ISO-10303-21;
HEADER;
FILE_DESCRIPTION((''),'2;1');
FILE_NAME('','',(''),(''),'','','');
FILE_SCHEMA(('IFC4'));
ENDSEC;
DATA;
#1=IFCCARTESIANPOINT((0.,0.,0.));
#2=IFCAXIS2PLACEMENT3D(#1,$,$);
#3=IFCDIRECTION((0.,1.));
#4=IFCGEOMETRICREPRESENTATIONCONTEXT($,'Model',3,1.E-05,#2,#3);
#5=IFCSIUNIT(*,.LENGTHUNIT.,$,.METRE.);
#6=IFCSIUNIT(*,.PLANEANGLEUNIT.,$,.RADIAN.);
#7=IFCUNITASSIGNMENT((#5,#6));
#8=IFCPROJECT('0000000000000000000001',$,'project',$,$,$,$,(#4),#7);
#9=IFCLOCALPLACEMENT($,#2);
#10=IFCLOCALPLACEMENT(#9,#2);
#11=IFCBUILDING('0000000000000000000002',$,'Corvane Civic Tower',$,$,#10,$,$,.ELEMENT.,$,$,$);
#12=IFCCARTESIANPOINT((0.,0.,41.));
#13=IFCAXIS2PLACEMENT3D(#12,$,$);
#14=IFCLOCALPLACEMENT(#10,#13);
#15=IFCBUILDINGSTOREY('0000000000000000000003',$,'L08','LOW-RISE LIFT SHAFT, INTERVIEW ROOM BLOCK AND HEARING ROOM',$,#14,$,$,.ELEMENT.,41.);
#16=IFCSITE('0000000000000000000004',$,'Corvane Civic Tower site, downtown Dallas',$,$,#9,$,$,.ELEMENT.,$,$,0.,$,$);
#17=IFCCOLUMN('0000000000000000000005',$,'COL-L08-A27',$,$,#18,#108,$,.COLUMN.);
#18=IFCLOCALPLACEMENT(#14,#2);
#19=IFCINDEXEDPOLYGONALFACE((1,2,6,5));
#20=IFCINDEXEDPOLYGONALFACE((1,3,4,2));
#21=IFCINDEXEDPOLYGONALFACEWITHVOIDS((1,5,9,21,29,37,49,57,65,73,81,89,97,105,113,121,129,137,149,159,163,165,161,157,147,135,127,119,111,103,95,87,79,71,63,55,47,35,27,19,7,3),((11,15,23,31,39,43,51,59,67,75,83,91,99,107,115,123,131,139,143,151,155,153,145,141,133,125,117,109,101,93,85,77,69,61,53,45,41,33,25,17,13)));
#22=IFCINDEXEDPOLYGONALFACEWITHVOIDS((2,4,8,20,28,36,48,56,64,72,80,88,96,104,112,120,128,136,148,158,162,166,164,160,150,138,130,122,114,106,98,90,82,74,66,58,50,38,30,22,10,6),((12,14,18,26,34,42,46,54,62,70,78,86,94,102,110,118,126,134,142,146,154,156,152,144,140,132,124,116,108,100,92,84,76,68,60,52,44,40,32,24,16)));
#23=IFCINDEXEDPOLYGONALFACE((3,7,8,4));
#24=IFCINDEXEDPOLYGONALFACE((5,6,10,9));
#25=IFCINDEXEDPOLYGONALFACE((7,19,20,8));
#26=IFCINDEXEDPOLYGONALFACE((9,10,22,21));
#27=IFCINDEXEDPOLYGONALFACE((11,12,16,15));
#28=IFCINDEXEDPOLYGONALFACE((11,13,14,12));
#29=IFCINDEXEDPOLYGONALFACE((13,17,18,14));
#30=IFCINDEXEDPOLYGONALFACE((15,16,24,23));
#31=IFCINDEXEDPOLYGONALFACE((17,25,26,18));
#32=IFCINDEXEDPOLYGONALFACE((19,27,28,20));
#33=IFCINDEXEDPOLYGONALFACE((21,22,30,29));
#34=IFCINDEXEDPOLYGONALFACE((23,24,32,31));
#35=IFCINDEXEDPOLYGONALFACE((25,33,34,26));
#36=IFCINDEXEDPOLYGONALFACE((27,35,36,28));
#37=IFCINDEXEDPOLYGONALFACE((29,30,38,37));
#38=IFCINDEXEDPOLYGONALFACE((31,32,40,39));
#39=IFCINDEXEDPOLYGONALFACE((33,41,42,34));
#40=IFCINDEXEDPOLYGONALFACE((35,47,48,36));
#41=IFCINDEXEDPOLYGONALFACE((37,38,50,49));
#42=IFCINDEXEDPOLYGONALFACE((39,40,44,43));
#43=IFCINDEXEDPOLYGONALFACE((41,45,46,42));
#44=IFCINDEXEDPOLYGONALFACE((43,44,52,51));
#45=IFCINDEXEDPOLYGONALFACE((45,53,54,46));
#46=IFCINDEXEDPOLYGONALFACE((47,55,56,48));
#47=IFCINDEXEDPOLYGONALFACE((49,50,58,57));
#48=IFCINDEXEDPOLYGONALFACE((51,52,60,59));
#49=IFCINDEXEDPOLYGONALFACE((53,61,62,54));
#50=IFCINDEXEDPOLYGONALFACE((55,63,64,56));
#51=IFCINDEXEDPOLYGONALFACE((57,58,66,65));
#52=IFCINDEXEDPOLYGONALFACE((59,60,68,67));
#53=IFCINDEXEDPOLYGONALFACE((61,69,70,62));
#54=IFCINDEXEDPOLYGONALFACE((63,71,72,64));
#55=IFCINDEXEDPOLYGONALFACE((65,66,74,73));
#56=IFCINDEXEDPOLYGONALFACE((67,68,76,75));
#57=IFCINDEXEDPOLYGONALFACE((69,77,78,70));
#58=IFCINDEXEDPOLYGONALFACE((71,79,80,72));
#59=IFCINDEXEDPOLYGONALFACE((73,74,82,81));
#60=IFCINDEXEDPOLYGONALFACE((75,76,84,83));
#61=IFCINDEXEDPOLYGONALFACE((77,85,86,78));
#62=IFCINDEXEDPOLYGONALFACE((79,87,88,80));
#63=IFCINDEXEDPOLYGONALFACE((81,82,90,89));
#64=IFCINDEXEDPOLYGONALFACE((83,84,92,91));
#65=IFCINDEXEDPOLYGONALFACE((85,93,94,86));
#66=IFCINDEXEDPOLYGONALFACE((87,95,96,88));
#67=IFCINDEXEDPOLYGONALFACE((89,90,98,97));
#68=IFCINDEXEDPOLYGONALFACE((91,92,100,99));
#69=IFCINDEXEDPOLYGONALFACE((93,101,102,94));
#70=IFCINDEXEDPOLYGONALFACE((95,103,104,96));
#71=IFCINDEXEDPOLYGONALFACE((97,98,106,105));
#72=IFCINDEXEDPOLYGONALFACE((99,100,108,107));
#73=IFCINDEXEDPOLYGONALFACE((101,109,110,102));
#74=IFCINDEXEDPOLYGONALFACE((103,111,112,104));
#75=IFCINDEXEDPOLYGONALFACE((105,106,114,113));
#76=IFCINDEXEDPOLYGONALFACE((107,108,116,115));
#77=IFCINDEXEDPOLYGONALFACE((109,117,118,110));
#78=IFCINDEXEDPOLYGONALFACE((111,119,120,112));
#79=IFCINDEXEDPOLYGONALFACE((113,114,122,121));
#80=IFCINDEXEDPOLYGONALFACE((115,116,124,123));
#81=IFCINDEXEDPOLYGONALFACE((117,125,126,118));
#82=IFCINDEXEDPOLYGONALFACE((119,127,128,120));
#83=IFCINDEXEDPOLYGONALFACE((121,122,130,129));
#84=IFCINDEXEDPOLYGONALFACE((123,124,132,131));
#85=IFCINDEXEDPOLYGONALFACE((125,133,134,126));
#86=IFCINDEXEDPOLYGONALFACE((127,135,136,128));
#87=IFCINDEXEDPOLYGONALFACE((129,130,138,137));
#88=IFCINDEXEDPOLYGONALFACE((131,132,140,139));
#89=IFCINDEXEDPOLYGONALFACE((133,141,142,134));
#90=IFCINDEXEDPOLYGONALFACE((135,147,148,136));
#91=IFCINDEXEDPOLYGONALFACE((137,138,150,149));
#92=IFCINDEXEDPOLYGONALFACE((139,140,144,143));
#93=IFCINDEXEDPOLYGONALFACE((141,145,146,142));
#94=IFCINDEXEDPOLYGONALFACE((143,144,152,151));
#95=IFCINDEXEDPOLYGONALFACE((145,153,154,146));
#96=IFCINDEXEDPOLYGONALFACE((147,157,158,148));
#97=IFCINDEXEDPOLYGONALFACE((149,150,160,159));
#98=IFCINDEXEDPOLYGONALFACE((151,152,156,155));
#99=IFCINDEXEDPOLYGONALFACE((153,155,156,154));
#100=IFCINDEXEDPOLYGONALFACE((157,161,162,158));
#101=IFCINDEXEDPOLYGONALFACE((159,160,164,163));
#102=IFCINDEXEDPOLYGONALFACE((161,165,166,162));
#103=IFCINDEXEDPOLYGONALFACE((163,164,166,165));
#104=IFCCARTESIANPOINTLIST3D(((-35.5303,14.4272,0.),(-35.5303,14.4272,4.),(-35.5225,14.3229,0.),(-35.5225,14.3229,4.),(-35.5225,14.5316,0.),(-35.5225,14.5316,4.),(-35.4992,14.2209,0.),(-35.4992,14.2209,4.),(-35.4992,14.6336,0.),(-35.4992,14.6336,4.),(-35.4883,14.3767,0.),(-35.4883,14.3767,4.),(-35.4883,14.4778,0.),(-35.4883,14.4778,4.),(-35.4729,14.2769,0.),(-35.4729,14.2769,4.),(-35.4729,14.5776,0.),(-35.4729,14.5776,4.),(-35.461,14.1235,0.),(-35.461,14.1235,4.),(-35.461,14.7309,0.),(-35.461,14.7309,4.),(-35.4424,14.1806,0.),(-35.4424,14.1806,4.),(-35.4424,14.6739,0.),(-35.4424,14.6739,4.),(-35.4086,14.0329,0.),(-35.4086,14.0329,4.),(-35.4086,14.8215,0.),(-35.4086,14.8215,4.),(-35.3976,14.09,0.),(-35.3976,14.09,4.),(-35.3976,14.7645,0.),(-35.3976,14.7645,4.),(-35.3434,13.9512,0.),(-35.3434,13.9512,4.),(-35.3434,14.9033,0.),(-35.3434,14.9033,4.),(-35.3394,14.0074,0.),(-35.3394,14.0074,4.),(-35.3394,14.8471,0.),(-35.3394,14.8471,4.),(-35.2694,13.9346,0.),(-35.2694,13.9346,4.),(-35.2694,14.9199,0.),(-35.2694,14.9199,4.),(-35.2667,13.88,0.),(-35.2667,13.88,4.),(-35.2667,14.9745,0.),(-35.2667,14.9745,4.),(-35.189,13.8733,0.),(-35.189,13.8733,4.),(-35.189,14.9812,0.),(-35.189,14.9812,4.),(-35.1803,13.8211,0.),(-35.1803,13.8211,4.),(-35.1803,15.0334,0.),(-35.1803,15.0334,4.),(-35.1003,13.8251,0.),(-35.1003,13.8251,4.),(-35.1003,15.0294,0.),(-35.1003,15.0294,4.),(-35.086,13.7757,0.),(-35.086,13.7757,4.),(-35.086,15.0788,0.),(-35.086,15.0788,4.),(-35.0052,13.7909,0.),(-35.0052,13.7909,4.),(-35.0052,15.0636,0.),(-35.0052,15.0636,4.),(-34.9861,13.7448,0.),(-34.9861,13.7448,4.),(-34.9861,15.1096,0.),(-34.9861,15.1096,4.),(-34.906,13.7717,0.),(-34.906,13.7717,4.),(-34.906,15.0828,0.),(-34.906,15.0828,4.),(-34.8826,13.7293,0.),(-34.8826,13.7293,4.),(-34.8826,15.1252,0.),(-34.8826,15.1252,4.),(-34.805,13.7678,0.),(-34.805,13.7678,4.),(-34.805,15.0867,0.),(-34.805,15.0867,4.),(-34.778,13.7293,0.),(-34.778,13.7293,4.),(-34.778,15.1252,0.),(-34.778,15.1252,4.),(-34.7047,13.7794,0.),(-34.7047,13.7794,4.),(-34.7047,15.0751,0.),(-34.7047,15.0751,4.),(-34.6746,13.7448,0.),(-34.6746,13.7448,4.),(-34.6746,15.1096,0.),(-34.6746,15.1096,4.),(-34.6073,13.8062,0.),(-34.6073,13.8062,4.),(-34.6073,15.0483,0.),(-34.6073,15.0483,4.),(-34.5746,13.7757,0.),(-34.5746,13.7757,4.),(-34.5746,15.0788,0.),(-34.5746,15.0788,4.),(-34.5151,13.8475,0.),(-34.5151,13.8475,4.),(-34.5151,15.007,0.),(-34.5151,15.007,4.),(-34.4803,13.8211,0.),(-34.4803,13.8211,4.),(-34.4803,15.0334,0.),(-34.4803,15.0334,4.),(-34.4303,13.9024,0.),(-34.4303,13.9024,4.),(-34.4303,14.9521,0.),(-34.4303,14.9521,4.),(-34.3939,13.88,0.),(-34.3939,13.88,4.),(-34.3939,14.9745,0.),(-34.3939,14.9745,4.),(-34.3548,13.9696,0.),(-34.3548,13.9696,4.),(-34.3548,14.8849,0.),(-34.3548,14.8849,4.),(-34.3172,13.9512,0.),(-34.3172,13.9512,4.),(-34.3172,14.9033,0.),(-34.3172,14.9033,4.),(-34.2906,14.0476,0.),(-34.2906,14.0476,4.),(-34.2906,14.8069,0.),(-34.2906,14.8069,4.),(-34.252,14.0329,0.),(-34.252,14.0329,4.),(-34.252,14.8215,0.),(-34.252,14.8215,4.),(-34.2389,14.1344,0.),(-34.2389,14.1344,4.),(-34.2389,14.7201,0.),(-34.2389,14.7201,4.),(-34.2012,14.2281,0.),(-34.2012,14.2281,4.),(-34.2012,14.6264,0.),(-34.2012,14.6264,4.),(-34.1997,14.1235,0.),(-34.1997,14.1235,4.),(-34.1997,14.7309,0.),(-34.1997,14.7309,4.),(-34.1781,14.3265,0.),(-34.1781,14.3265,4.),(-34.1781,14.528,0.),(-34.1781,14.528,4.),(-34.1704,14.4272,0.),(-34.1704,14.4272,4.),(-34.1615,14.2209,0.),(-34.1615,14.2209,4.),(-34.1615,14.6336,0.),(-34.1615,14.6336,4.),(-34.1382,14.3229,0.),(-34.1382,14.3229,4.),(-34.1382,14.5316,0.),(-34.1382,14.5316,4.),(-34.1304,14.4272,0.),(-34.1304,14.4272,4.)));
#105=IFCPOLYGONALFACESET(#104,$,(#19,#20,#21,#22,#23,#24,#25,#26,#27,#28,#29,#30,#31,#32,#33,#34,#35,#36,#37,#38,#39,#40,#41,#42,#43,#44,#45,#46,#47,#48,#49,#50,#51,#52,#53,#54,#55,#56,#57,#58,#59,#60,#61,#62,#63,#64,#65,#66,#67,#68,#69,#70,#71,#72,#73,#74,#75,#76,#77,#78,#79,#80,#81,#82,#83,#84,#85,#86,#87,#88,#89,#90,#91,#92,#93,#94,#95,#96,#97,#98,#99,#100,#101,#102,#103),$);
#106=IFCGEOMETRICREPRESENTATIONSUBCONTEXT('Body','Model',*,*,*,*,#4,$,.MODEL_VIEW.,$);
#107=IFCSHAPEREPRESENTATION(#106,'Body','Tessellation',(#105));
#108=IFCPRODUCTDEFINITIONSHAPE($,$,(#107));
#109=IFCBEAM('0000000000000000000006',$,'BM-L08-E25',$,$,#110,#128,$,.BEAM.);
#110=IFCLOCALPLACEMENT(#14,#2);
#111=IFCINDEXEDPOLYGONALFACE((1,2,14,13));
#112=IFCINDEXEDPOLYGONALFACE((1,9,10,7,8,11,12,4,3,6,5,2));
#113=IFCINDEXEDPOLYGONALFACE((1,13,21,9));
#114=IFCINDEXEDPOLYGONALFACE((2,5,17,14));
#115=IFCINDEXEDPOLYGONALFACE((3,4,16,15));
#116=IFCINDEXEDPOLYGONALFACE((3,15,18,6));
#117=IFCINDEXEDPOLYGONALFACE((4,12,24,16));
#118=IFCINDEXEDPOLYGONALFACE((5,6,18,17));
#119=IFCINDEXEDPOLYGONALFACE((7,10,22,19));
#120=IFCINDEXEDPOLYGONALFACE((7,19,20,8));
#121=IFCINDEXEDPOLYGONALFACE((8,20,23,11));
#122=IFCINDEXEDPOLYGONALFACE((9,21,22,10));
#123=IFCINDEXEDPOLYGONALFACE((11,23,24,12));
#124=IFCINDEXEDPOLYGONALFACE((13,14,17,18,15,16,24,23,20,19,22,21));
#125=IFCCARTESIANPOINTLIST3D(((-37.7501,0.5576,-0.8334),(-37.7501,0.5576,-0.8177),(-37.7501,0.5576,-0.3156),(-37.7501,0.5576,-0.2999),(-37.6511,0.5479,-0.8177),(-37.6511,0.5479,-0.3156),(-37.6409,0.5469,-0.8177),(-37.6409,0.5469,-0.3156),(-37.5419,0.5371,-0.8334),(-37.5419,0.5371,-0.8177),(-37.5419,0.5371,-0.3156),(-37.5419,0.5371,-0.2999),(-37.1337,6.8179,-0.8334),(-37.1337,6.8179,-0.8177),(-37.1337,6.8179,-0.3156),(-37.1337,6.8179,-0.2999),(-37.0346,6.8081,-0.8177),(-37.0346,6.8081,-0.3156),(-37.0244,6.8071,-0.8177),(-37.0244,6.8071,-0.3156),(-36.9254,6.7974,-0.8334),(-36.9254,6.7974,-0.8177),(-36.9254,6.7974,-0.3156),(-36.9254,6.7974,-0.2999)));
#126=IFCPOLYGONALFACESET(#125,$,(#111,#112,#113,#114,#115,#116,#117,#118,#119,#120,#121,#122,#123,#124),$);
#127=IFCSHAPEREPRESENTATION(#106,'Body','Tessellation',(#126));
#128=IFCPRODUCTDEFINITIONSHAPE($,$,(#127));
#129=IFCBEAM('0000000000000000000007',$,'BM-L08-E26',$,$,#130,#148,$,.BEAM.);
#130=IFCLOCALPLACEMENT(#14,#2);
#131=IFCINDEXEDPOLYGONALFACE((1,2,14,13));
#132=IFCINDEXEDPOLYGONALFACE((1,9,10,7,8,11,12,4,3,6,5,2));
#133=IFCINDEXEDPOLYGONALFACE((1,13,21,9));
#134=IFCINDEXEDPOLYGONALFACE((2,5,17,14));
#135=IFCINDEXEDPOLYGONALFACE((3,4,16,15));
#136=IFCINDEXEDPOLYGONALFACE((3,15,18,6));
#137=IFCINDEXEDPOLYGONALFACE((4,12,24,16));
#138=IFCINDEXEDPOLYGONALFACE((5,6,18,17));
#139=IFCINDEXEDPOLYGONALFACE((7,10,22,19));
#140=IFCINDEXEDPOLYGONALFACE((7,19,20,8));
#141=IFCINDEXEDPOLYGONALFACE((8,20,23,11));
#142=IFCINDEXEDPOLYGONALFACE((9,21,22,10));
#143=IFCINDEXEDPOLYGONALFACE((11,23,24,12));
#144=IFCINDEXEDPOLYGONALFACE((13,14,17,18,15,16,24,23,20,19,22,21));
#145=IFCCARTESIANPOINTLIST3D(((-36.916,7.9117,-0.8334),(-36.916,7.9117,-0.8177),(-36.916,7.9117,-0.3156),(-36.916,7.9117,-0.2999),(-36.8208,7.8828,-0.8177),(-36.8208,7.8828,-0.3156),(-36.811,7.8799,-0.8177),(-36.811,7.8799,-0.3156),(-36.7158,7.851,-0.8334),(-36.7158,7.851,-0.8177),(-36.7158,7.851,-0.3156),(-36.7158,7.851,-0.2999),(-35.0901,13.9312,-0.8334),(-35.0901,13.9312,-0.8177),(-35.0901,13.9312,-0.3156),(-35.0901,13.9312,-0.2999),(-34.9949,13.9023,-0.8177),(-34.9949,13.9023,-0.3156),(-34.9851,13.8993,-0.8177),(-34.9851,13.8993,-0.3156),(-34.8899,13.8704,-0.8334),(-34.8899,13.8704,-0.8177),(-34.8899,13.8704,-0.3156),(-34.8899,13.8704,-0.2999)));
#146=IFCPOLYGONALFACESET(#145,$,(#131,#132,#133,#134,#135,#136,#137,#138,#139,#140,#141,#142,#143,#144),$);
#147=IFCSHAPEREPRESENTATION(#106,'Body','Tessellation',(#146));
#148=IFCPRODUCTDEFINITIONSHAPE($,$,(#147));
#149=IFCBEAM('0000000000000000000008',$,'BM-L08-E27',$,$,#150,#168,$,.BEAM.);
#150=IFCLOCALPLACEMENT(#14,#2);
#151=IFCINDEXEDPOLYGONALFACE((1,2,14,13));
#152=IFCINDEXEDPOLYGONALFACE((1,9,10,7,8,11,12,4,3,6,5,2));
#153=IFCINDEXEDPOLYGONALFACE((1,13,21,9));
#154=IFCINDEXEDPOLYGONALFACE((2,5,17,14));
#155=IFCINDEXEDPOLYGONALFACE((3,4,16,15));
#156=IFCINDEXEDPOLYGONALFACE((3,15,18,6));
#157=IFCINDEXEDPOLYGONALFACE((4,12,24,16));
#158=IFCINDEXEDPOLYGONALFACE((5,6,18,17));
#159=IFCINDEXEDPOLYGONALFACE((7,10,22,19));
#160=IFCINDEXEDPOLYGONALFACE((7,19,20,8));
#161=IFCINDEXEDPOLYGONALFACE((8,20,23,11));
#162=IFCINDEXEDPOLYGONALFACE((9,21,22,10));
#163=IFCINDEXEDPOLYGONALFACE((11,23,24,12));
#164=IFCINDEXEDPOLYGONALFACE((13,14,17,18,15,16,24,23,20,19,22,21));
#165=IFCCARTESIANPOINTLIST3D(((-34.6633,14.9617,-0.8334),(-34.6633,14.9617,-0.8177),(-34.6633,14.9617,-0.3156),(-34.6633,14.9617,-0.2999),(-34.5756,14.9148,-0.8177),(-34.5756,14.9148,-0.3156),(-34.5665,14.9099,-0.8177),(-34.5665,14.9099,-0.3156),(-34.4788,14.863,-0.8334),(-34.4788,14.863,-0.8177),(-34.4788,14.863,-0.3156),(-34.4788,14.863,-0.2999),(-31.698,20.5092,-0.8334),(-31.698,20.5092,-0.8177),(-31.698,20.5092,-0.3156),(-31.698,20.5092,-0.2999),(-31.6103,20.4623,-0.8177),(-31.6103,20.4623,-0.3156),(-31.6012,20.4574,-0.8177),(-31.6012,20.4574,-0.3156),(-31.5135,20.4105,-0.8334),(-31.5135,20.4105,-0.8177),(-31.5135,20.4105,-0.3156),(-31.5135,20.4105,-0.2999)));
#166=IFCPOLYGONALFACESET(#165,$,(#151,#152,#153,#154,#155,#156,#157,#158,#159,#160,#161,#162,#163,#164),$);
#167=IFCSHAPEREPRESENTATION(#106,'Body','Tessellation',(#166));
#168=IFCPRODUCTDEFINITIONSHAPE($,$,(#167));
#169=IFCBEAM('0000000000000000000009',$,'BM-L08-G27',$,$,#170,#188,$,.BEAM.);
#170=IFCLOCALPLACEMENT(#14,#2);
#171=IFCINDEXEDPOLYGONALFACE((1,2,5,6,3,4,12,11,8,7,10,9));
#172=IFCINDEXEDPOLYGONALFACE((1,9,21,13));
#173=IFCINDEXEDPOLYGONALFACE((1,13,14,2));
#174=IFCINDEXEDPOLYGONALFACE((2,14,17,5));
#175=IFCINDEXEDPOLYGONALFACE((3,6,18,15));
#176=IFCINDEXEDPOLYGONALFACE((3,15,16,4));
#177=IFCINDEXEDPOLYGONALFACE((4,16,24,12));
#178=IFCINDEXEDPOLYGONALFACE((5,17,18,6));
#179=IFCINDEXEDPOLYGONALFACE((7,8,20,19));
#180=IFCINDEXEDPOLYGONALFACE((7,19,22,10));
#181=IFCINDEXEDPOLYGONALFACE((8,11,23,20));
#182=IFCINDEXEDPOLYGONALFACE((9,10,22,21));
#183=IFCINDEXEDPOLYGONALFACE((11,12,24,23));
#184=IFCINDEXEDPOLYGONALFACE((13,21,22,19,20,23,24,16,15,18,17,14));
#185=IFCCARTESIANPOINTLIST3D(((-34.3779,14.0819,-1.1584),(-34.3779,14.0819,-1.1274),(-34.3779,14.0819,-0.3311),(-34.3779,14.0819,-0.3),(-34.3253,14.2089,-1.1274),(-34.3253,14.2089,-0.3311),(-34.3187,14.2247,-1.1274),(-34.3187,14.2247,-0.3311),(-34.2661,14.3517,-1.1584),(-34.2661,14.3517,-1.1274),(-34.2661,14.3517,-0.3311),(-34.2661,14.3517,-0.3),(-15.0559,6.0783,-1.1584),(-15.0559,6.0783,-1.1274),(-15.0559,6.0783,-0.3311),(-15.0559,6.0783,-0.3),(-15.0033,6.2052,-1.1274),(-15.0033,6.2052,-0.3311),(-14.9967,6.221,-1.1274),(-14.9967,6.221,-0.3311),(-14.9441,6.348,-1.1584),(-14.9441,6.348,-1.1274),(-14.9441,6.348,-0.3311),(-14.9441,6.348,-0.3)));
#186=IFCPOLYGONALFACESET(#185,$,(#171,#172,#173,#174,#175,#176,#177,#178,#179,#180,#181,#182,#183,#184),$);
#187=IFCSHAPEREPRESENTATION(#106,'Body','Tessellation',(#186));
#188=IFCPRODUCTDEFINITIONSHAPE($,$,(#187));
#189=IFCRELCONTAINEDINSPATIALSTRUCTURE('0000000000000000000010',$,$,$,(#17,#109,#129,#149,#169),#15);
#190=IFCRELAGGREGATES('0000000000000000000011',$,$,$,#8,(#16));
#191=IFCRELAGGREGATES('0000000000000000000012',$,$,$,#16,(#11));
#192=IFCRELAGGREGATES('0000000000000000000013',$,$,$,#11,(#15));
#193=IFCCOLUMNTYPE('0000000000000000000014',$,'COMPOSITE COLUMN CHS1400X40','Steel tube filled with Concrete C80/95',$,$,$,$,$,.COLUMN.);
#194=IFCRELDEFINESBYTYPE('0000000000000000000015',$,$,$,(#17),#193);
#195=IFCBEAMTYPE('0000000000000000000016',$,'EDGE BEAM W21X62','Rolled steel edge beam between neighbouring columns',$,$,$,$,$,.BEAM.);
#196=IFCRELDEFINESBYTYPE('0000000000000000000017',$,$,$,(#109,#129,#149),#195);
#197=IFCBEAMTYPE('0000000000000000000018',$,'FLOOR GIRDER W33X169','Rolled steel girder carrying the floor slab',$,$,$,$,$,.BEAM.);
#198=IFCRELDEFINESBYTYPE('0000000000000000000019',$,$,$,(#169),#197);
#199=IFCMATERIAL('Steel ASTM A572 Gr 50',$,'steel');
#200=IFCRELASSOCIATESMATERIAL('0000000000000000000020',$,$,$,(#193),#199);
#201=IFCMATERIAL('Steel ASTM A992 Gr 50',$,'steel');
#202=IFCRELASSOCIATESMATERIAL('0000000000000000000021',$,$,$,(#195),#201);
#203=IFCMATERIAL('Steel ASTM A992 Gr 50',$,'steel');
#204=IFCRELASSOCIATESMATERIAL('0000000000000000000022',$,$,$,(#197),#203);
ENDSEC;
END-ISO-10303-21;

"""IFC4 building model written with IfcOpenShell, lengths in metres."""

from ifc_helpers import new_model, si_unit, direction, frame, origin, origin_2d, place, context, subcontext, project, spatial, hollow_circle, i_section, extrude, material, material_profile, profile_set, type_object, element, save


model = new_model("IFC4")

# Units and contexts
model_context = context("Model", 3, precision=1e-05, world=origin(), true_north=direction((0.0, 1.0)))
body_context = subcontext(model_context, "Body", "Model", "MODEL_VIEW")
ifc_project = project(units=[si_unit("LENGTHUNIT", "METRE"), si_unit("PLANEANGLEUNIT", "RADIAN")], contexts=[model_context])

# Site, building, storey
site_placement = place(None, origin())
site = spatial("IfcSite", under=ifc_project, at=site_placement, Name="Corvane Civic Tower site, downtown Dallas", CompositionType="ELEMENT", RefElevation=0.0)
building_placement = place(site_placement, origin())
building = spatial("IfcBuilding", under=site, at=building_placement, Name="Corvane Civic Tower", CompositionType="ELEMENT")
storey_placement = place(building_placement, frame((0.0, 0.0, 41.0)))
storey = spatial("IfcBuildingStorey", under=building, at=storey_placement, Name="L08", Description="LOW-RISE LIFT SHAFT, INTERVIEW ROOM BLOCK AND HEARING ROOM", CompositionType="ELEMENT", Elevation=41.0)

# Column
ifc_material_1 = material(Name="Steel ASTM A572 Gr 50", Category="steel")
ifc_material_profile_1 = material_profile(ifc_material_1, hollow_circle(Radius=0.7, WallThickness=0.04, at=origin_2d()), Name="CHS1400X40")
ifc_profile_set_1 = profile_set([ifc_material_profile_1], Name="Steel ASTM A572 Gr 50")
column_type = type_object("IfcColumnType", Name="COMPOSITE COLUMN CHS1400X40", Description="Steel tube filled with Concrete C80/95", PredefinedType="COLUMN", material=ifc_profile_set_1)
for number, where, z_axis, x_axis, name in (
    (1, (-34.8303, 14.4272, 0.0), (0.0, 0.0, 1.0), (1.0, 0.0, 0.0), "COL-L08-A27"),
):
    element("IfcColumn", number, at=place(storey_placement, frame(where, z_axis=z_axis, x_axis=x_axis)), inside=storey, type_object=column_type, Name=name, PredefinedType="COLUMN", context=body_context, shape_type="SweptSolid", body=[
        extrude(hollow_circle(Radius=0.7, WallThickness=0.04, at=origin_2d()), origin(), (0.0, 0.0, 1.0), 4.0),
    ])

# Beams
ifc_material_2 = material(Name="Steel ASTM A992 Gr 50", Category="steel")
ifc_material_profile_2 = material_profile(ifc_material_2, i_section(OverallWidth=0.2092, OverallDepth=0.5334, WebThickness=0.0103, FlangeThickness=0.0156, at=origin_2d()), Name="W21X62")
ifc_profile_set_2 = profile_set([ifc_material_profile_2], Name="Steel ASTM A992 Gr 50")
beam_type_1 = type_object("IfcBeamType", Name="EDGE BEAM W21X62", Description="Rolled steel edge beam between neighbouring columns", PredefinedType="BEAM", material=ifc_profile_set_2)
beam_1_placement = place(storey_placement, frame((-37.646, 0.5474, -0.5667), z_axis=(0.097997, 0.995187, 0.0), x_axis=(-0.995187, 0.097997, 0.0)))
element("IfcBeam", 2, at=beam_1_placement, inside=storey, type_object=beam_type_1, Name="BM-L08-E25", PredefinedType="BEAM", context=body_context, shape_type="SweptSolid", body=[
    extrude(i_section(OverallWidth=0.2092, OverallDepth=0.5334, WebThickness=0.0103, FlangeThickness=0.0156, at=origin_2d()), origin(), (0.0, 0.0, 1.0), 6.2905),
])
for number, where, z_axis, x_axis, name in (
    (3, (-36.8159, 7.8813, -0.5667), (0.290273, 0.956944, 0.0), (-0.956944, 0.290273, 0.0), "BM-L08-E26"),
    (4, (-34.571, 14.9124, -0.5667), (0.471406, 0.881916, 0.0), (-0.881916, 0.471406, 0.0), "BM-L08-E27"),
):
    element("IfcBeam", number, at=place(storey_placement, frame(where, z_axis=z_axis, x_axis=x_axis)), inside=storey, type_object=beam_type_1, Name=name, PredefinedType="BEAM", context=body_context, shape_type="SweptSolid", body=[
        extrude(i_section(OverallWidth=0.2092, OverallDepth=0.5334, WebThickness=0.0103, FlangeThickness=0.0156, at=origin_2d()), origin(), (0.0, 0.0, 1.0), 6.2903),
    ])
ifc_material_3 = material(Name="Steel ASTM A992 Gr 50", Category="steel")
ifc_material_profile_3 = material_profile(ifc_material_3, i_section(OverallWidth=0.292, OverallDepth=0.8584, WebThickness=0.0171, FlangeThickness=0.031, at=origin_2d()), Name="W33X169")
ifc_profile_set_3 = profile_set([ifc_material_profile_3], Name="Steel ASTM A992 Gr 50")
beam_type_2 = type_object("IfcBeamType", Name="FLOOR GIRDER W33X169", Description="Rolled steel girder carrying the floor slab", PredefinedType="BEAM", material=ifc_profile_set_3)
beam_2_placement = place(storey_placement, frame((-15.0, 6.2131, -0.7292), z_axis=(-0.923876, 0.382692, 0.0), x_axis=(-0.382692, -0.923876, 0.0)))
element("IfcBeam", 5, at=beam_2_placement, inside=storey, type_object=beam_type_2, Name="BM-L08-G27", PredefinedType="BEAM", context=body_context, shape_type="SweptSolid", body=[
    extrude(i_section(OverallWidth=0.292, OverallDepth=0.8584, WebThickness=0.0171, FlangeThickness=0.031, at=origin_2d()), origin(), (0.0, 0.0, 1.0), 20.9141),
])

save(model, "model.ifc")
